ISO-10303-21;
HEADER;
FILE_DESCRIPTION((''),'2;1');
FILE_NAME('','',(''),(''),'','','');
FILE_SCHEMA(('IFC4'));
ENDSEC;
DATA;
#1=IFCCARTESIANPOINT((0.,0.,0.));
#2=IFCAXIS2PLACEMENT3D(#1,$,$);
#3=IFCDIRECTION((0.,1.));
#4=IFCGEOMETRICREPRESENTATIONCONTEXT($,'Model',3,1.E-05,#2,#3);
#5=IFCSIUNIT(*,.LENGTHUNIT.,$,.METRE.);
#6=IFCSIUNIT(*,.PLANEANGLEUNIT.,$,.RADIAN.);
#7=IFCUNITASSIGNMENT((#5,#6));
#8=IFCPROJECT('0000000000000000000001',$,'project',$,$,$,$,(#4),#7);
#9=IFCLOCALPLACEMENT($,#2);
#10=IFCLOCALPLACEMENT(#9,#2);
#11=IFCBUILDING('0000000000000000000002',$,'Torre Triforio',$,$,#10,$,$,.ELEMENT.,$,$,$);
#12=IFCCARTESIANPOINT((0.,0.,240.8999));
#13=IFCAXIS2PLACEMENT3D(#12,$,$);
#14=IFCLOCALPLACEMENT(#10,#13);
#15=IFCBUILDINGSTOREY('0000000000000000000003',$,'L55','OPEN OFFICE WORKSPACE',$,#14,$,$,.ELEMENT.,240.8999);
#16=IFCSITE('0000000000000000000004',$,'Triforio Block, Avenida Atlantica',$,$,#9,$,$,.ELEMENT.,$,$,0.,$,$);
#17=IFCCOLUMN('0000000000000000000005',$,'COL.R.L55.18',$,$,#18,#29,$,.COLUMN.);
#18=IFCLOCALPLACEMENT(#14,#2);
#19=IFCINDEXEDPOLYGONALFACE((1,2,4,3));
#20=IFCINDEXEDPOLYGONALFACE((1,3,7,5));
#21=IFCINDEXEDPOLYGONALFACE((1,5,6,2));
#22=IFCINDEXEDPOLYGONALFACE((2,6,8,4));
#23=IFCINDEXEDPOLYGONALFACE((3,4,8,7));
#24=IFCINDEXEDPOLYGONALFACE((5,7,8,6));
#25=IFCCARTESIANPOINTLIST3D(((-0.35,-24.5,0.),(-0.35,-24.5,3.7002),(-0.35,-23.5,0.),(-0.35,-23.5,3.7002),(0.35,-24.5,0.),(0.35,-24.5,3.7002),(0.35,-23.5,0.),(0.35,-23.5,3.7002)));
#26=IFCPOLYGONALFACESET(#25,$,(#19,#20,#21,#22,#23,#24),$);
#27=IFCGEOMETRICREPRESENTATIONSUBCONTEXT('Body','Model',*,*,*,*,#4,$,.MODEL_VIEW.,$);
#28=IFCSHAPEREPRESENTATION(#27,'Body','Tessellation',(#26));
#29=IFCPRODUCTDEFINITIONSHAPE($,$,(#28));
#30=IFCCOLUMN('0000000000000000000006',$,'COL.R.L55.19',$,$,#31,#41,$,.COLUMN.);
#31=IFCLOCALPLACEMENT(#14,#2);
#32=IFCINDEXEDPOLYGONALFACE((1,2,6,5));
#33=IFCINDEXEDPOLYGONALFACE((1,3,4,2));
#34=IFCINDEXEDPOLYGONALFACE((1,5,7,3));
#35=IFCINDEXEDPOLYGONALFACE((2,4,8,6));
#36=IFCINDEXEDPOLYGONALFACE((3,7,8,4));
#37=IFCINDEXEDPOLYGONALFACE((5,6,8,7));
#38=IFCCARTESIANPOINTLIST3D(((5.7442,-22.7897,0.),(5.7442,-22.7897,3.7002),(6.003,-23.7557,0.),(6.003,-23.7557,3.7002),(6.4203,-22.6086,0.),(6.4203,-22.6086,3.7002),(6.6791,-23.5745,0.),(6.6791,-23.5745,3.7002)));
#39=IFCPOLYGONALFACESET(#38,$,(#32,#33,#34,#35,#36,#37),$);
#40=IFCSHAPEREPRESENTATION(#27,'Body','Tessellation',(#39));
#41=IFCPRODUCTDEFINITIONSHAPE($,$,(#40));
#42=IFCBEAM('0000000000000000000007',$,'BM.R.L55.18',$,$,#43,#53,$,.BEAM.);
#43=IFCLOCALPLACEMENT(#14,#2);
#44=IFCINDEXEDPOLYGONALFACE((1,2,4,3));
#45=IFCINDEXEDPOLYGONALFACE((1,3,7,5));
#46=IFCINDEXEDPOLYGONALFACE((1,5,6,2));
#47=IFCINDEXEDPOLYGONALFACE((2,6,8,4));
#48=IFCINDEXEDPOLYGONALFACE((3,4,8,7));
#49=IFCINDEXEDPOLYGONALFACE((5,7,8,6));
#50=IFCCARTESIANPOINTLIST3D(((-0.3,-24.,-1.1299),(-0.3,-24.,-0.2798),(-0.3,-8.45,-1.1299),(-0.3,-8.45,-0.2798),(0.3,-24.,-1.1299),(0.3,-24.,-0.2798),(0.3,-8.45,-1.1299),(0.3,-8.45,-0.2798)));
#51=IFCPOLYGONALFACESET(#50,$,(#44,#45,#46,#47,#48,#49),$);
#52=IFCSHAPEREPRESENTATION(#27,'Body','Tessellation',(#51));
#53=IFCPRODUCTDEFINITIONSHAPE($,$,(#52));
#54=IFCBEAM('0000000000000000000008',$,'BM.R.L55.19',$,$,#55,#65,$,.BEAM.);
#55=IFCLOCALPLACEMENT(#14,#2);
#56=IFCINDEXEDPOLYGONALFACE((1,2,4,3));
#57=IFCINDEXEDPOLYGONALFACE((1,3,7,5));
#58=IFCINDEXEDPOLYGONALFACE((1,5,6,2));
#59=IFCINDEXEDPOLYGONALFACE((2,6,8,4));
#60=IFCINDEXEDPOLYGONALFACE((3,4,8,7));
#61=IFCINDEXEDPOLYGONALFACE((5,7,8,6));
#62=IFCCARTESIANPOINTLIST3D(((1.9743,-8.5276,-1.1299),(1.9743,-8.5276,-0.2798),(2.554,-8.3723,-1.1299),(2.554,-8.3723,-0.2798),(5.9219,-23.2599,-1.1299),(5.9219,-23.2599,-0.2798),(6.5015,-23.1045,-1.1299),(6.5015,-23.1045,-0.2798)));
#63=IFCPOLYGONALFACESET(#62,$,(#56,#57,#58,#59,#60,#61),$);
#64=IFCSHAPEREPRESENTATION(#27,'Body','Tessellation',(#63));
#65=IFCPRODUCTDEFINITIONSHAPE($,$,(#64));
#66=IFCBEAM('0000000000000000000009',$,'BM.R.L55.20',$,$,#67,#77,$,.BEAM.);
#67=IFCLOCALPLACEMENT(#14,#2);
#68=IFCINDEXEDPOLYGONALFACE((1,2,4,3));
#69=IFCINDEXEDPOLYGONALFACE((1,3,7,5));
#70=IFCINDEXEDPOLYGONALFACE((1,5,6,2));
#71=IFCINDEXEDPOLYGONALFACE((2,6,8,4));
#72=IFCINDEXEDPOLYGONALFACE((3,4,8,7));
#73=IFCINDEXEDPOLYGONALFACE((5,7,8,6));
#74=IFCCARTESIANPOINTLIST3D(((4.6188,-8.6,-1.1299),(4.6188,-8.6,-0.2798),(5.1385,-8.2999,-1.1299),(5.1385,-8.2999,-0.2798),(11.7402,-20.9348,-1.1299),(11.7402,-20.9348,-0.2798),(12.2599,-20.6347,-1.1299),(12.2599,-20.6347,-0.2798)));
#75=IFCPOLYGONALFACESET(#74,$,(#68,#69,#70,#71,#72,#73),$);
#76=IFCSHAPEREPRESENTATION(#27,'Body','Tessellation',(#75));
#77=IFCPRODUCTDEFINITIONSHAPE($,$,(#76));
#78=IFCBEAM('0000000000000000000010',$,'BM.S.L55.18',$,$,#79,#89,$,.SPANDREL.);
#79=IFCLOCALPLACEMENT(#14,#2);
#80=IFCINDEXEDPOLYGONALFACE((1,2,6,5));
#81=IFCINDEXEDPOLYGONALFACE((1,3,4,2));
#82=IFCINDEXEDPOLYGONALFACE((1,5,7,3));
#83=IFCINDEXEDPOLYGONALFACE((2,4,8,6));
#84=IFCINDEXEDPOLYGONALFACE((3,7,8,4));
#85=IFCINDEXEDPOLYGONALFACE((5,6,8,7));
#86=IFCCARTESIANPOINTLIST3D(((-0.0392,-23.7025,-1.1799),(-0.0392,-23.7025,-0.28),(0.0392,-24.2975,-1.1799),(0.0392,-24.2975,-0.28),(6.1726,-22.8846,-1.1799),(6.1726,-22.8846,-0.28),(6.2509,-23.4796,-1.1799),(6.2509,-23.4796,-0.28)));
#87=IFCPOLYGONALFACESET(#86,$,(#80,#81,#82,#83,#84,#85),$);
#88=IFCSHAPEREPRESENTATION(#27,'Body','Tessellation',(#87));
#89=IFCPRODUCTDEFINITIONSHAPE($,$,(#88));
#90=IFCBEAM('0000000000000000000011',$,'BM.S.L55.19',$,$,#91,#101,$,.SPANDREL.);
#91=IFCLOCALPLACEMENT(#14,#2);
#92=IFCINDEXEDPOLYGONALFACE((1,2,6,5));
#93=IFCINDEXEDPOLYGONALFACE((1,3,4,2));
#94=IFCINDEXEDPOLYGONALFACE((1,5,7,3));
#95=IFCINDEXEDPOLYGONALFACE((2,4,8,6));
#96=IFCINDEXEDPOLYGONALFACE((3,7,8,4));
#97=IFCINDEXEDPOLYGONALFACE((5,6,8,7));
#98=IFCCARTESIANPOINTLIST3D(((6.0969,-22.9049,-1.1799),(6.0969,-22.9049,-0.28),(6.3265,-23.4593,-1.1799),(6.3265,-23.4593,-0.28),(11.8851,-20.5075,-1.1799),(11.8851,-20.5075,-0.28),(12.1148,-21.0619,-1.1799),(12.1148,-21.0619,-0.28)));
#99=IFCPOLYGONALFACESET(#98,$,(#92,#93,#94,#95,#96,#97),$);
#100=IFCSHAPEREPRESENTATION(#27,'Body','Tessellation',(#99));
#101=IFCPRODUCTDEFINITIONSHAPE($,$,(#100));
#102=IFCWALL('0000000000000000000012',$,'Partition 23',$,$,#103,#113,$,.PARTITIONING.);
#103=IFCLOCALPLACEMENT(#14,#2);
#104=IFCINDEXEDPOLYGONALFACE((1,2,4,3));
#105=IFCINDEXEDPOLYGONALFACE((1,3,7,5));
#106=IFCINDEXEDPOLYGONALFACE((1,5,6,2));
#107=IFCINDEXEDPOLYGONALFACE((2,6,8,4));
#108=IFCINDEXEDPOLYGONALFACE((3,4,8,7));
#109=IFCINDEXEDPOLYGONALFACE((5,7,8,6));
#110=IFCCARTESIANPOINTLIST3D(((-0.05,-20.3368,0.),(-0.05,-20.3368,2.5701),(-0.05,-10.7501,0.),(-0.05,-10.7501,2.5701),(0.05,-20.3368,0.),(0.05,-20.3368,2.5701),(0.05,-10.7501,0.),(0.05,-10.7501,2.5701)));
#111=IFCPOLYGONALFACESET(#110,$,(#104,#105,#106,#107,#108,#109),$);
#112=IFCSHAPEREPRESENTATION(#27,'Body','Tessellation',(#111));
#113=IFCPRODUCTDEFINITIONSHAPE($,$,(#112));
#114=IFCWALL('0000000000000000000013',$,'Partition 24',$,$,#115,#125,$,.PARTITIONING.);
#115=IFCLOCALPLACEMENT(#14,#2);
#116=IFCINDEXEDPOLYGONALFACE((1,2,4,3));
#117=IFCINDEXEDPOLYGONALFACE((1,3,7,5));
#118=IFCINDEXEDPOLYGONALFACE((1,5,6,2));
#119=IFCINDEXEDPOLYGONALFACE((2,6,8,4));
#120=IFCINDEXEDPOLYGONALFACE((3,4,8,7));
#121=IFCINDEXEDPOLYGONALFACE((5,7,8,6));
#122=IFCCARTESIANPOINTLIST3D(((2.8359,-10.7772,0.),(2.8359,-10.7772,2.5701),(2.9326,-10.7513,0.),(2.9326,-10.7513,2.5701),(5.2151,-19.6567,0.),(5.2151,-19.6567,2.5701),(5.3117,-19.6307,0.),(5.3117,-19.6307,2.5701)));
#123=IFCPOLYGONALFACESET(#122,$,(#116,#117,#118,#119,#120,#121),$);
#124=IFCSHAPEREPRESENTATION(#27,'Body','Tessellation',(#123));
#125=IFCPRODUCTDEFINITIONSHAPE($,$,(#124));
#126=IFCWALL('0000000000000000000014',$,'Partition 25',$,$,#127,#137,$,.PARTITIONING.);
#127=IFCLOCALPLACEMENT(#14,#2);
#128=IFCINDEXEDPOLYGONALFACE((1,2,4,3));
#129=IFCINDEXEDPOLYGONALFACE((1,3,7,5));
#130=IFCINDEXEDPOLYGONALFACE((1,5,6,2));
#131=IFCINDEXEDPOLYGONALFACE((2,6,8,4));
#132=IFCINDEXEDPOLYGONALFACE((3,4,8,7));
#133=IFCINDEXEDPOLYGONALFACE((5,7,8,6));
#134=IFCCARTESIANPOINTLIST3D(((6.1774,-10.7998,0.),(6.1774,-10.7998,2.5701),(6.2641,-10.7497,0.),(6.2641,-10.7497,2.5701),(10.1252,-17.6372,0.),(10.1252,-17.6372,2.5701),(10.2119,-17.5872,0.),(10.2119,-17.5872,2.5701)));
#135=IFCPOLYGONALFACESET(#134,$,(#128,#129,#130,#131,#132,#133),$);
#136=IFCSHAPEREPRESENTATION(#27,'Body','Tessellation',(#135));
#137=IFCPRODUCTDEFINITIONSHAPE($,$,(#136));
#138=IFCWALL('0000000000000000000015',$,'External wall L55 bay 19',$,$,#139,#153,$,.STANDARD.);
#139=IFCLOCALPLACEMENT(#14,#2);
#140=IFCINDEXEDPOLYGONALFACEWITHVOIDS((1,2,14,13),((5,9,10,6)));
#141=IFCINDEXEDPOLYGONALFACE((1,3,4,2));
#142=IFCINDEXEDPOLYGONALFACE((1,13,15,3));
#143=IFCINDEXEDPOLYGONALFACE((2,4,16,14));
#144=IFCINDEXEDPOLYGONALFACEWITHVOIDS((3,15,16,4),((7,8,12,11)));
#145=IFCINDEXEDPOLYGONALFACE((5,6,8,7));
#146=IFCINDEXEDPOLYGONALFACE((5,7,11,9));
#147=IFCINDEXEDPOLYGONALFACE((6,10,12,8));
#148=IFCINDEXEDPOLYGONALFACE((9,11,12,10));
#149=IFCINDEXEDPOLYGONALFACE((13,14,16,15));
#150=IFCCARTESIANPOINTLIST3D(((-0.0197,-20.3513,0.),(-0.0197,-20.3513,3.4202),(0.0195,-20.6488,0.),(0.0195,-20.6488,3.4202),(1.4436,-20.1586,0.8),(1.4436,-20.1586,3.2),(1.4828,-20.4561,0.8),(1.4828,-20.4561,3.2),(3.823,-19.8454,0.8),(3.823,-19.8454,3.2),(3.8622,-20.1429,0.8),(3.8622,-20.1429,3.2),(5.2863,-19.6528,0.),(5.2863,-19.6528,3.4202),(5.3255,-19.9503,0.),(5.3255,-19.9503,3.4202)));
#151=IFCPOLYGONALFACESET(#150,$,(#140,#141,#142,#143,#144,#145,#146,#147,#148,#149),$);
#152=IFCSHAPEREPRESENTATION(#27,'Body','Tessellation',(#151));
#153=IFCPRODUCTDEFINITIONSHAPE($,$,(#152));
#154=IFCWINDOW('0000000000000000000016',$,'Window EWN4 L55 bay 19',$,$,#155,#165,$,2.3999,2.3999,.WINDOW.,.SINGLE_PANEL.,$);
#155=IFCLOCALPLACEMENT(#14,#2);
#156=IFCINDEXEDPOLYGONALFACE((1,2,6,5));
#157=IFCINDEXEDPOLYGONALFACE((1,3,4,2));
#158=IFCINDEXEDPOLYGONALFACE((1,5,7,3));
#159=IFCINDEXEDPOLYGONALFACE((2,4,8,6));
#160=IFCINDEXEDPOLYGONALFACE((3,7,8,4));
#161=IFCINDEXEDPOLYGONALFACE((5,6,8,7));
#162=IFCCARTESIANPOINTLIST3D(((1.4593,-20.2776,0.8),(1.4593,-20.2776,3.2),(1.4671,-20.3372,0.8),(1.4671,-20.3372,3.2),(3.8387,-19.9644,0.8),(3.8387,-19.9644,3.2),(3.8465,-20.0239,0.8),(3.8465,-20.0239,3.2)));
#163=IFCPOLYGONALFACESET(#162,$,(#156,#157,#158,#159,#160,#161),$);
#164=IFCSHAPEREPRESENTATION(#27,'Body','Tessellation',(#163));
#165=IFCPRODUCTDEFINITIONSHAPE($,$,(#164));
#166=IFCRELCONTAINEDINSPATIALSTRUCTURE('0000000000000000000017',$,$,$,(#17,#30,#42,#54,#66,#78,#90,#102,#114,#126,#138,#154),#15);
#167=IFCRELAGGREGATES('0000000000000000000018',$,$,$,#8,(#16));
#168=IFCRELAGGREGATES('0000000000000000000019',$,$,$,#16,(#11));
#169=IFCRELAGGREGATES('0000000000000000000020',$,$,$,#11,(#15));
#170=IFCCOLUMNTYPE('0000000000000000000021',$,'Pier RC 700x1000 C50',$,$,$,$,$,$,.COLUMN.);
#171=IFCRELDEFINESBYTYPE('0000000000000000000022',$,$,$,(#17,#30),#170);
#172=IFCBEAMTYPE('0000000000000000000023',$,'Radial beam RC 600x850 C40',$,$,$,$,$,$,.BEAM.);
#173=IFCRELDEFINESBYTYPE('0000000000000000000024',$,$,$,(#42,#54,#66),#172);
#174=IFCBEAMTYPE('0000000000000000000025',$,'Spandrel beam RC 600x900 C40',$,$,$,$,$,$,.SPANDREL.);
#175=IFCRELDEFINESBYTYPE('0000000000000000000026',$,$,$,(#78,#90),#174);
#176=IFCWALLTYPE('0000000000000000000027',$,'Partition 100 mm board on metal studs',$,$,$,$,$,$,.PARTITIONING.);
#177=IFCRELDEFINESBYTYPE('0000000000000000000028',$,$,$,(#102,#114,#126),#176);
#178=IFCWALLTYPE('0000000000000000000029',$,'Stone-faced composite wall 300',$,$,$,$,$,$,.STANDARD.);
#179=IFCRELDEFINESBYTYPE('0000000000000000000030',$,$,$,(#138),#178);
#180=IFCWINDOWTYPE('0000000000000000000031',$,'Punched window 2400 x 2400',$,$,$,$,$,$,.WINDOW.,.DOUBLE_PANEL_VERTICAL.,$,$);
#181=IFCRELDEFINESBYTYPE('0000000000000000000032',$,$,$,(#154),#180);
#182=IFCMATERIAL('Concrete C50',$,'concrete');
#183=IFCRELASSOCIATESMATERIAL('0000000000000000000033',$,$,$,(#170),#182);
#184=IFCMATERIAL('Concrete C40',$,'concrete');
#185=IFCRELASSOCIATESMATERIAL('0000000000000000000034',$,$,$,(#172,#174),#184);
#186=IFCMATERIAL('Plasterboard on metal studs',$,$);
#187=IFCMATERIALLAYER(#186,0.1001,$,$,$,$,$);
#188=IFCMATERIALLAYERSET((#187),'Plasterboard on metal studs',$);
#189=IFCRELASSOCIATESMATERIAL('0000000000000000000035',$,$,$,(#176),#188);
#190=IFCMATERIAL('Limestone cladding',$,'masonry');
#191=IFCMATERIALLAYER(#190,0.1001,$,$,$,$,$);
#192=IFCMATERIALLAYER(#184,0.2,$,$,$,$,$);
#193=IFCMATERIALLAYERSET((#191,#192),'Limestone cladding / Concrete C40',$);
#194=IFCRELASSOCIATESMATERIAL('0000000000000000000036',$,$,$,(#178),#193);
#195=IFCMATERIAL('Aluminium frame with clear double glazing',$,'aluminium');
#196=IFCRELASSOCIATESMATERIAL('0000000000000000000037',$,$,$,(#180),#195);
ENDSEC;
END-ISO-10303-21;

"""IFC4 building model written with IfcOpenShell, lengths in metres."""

from ifc_helpers import new_model, si_unit, direction, frame, frame_2d, origin, origin_2d, place, context, subcontext, project, spatial, rectangle, extrude, material, layer, layer_set, material_profile, profile_set, type_object, element, fill, save


model = new_model("IFC4")

# Units and contexts
model_context = context("Model", 3, precision=1e-05, world=origin(), true_north=direction((0.0, 1.0)))
body_context = subcontext(model_context, "Body", "Model", "MODEL_VIEW")
ifc_project = project(units=[si_unit("LENGTHUNIT", "METRE"), si_unit("PLANEANGLEUNIT", "RADIAN")], contexts=[model_context])

# Site, building, storey
site_placement = place(None, origin())
site = spatial("IfcSite", under=ifc_project, at=site_placement, Name="Triforio Block, Avenida Atlantica", CompositionType="ELEMENT", RefElevation=0.0)
building_placement = place(site_placement, origin())
building = spatial("IfcBuilding", under=site, at=building_placement, Name="Torre Triforio", CompositionType="ELEMENT")
storey_placement = place(building_placement, frame((0.0, 0.0, 240.8999)))
storey = spatial("IfcBuildingStorey", under=building, at=storey_placement, Name="L55", Description="OPEN OFFICE WORKSPACE", CompositionType="ELEMENT", Elevation=240.8999)

# Columns
ifc_material_1 = material(Name="Concrete C50", Category="concrete")
ifc_material_profile_1 = material_profile(ifc_material_1, rectangle(XDim=0.7, YDim=1.0, at=origin_2d()), Name="RC 700x1000")
ifc_profile_set_1 = profile_set([ifc_material_profile_1], Name="Concrete C50")
column_type = type_object("IfcColumnType", Name="Pier RC 700x1000 C50", PredefinedType="COLUMN", material=ifc_profile_set_1)
for number, where, z_axis, x_axis, name in (
    (1, (0.0, -24.0, 0.0), (0.0, 0.0, 1.0), (1.0, 0.0, 0.0), "COL.R.L55.18"),
    (2, (6.2117, -23.1821, 0.0), (0.0, 0.0, 1.0), (0.965926, 0.258819, 0.0), "COL.R.L55.19"),
):
    element("IfcColumn", number, at=place(storey_placement, frame(where, z_axis=z_axis, x_axis=x_axis)), inside=storey, type_object=column_type, Name=name, PredefinedType="COLUMN", context=body_context, shape_type="SweptSolid", body=[
        extrude(rectangle(XDim=0.7, YDim=1.0, at=origin_2d()), origin(), (0.0, 0.0, 1.0), 3.7002),
    ])

# Beams
ifc_material_2 = material(Name="Concrete C40", Category="concrete")
ifc_material_profile_2 = material_profile(ifc_material_2, rectangle(XDim=0.6001, YDim=0.8501, at=origin_2d()), Name="RC 600x850")
ifc_profile_set_2 = profile_set([ifc_material_profile_2], Name="Concrete C40")
beam_type_1 = type_object("IfcBeamType", Name="Radial beam RC 600x850 C40", PredefinedType="BEAM", material=ifc_profile_set_2)
beam_1_placement = place(storey_placement, frame((0.0, -8.45, -0.7048), z_axis=(0.0, -1.0, 0.0), x_axis=(1.0, 0.0, 0.0)))
element("IfcBeam", 3, at=beam_1_placement, inside=storey, type_object=beam_type_1, Name="BM.R.L55.18", PredefinedType="BEAM", context=body_context, shape_type="SweptSolid", body=[
    extrude(rectangle(XDim=0.6001, YDim=0.8501, at=origin_2d()), origin(), (0.0, 0.0, 1.0), 15.55),
])
beam_2_placement = place(storey_placement, frame((2.2642, -8.45, -0.7048), z_axis=(0.258821, -0.965925, 0.0), x_axis=(0.965925, 0.258821, 0.0)))
element("IfcBeam", 4, at=beam_2_placement, inside=storey, type_object=beam_type_1, Name="BM.R.L55.19", PredefinedType="BEAM", context=body_context, shape_type="SweptSolid", body=[
    extrude(rectangle(XDim=0.6001, YDim=0.8501, at=origin_2d()), origin(), (0.0, 0.0, 1.0), 15.252),
])
beam_3_placement = place(storey_placement, frame((4.8787, -8.45, -0.7048), z_axis=(0.499994, -0.866029, 0.0), x_axis=(0.866029, 0.499994, 0.0)))
element("IfcBeam", 5, at=beam_3_placement, inside=storey, type_object=beam_type_1, Name="BM.R.L55.20", PredefinedType="BEAM", context=body_context, shape_type="SweptSolid", body=[
    extrude(rectangle(XDim=0.6001, YDim=0.8501, at=origin_2d()), origin(), (0.0, 0.0, 1.0), 14.2429),
])
ifc_material_profile_3 = material_profile(ifc_material_2, rectangle(XDim=0.6001, YDim=0.8999, at=origin_2d()), Name="RC 600x900")
ifc_profile_set_3 = profile_set([ifc_material_profile_3], Name="Concrete C40")
beam_type_2 = type_object("IfcBeamType", Name="Spandrel beam RC 600x900 C40", PredefinedType="SPANDREL", material=ifc_profile_set_3)
beam_4_placement = place(storey_placement, frame((0.0, -24.0, -0.73), z_axis=(0.991443, 0.13054, 0.0), x_axis=(-0.13054, 0.991443, 0.0)))
element("IfcBeam", 6, at=beam_4_placement, inside=storey, type_object=beam_type_2, Name="BM.S.L55.18", PredefinedType="SPANDREL", context=body_context, shape_type="SweptSolid", body=[
    extrude(rectangle(XDim=0.6001, YDim=0.8999, at=origin_2d()), origin(), (0.0, 0.0, 1.0), 6.2654),
])
beam_5_placement = place(storey_placement, frame((6.2117, -23.1821, -0.73), z_axis=(0.923888, 0.382664, 0.0), x_axis=(-0.382664, 0.923888, 0.0)))
element("IfcBeam", 7, at=beam_5_placement, inside=storey, type_object=beam_type_2, Name="BM.S.L55.19", PredefinedType="SPANDREL", context=body_context, shape_type="SweptSolid", body=[
    extrude(rectangle(XDim=0.6001, YDim=0.8999, at=origin_2d()), origin(), (0.0, 0.0, 1.0), 6.2651),
])

# Walls
ifc_material_3 = material(Name="Plasterboard on metal studs")
ifc_layer_1 = layer(ifc_material_3, 0.1001)
ifc_layer_set_1 = layer_set([ifc_layer_1], Name="Plasterboard on metal studs")
wall_type_1 = type_object("IfcWallType", Name="Partition 100 mm board on metal studs", PredefinedType="PARTITIONING", material=ifc_layer_set_1)
wall_1_placement = place(storey_placement, frame((0.0, -10.75, 0.0), z_axis=(0.0, 0.0, 1.0), x_axis=(0.0, -1.0, 0.0)))
element("IfcWall", 8, at=wall_1_placement, inside=storey, type_object=wall_type_1, Name="Partition 23", PredefinedType="PARTITIONING", context=body_context, shape_type="SweptSolid", body=[
    extrude(rectangle(XDim=9.5867, YDim=0.1001, at=frame_2d((4.7935, 0.0))), origin(), (0.0, 0.0, 1.0), 2.5701),
])
wall_2_placement = place(storey_placement, frame((2.8843, -10.7644, 0.0), z_axis=(0.0, 0.0, 1.0), x_axis=(0.258811, -0.965928, 0.0)))
element("IfcWall", 9, at=wall_2_placement, inside=storey, type_object=wall_type_1, Name="Partition 24", PredefinedType="PARTITIONING", context=body_context, shape_type="SweptSolid", body=[
    extrude(rectangle(XDim=9.1926, YDim=0.1001, at=frame_2d((4.5962, 0.0))), origin(), (0.0, 0.0, 1.0), 2.5701),
])
wall_3_placement = place(storey_placement, frame((6.2207, -10.7747, 0.0), z_axis=(0.0, 0.0, 1.0), x_axis=(0.500017, -0.866016, 0.0)))
element("IfcWall", 10, at=wall_3_placement, inside=storey, type_object=wall_type_1, Name="Partition 25", PredefinedType="PARTITIONING", context=body_context, shape_type="SweptSolid", body=[
    extrude(rectangle(XDim=7.8953, YDim=0.1001, at=frame_2d((3.9478, 0.0))), origin(), (0.0, 0.0, 1.0), 2.5701),
])

# Wall, opening, window
ifc_material_4 = material(Name="Limestone cladding", Category="masonry")
ifc_layer_2 = layer(ifc_material_4, 0.1001)
ifc_layer_3 = layer(ifc_material_2, 0.2)
ifc_layer_set_2 = layer_set([ifc_layer_2, ifc_layer_3], Name="Limestone cladding / Concrete C40")
wall_type_2 = type_object("IfcWallType", Name="Stone-faced composite wall 300", PredefinedType="STANDARD", material=ifc_layer_set_2)
wall_4_placement = place(storey_placement, frame((0.0, -20.5, 0.0), z_axis=(0.0, 0.0, 1.0), x_axis=(0.991446, 0.130517, 0.0)))
wall_4 = element("IfcWall", 11, at=wall_4_placement, inside=storey, type_object=wall_type_2, Name="External wall L55 bay 19", PredefinedType="STANDARD", context=body_context, shape_type="SweptSolid", body=[
    extrude(rectangle(XDim=5.3518, YDim=0.3, at=frame_2d((2.6758, 0.0))), origin(), (0.0, 0.0, 1.0), 3.4202),
])
opening_1_placement = place(wall_4_placement, frame((1.4758, 0.0, 0.8)))
opening_1 = element("IfcOpeningElement", 12, at=opening_1_placement, cuts=wall_4, PredefinedType="OPENING", context=body_context, shape_type="SweptSolid", body=[
    extrude(rectangle(XDim=2.3999, YDim=2.3999, at=frame_2d((1.2, 1.2))), frame((0.0, 0.1599, 0.0), z_axis=(0.0, -1.0, 0.0), x_axis=(1.0, 0.0, 0.0)), (0.0, 0.0, 1.0), 0.3201),
])
ifc_material_5 = material(Name="Aluminium frame with clear double glazing", Category="aluminium")
window_type_1 = type_object("IfcWindowType", Name="Punched window 2400 x 2400", PartitioningType="DOUBLE_PANEL_VERTICAL", PredefinedType="WINDOW", material=ifc_material_5)
window_1_placement = place(opening_1_placement, origin())
window_1 = element("IfcWindow", 13, at=window_1_placement, inside=storey, type_object=window_type_1, Name="Window EWN4 L55 bay 19", OverallHeight=2.3999, OverallWidth=2.3999, PartitioningType="SINGLE_PANEL", PredefinedType="WINDOW", context=body_context, shape_type="SweptSolid", body=[
    extrude(rectangle(XDim=2.3999, YDim=2.3999, at=frame_2d((1.2, 1.2))), frame((0.0, 0.03, 0.0), z_axis=(0.0, -1.0, 0.0), x_axis=(1.0, 0.0, 0.0)), (0.0, 0.0, 1.0), 0.0601),
])
fill(opening_1, window_1)

save(model, "model.ifc")
